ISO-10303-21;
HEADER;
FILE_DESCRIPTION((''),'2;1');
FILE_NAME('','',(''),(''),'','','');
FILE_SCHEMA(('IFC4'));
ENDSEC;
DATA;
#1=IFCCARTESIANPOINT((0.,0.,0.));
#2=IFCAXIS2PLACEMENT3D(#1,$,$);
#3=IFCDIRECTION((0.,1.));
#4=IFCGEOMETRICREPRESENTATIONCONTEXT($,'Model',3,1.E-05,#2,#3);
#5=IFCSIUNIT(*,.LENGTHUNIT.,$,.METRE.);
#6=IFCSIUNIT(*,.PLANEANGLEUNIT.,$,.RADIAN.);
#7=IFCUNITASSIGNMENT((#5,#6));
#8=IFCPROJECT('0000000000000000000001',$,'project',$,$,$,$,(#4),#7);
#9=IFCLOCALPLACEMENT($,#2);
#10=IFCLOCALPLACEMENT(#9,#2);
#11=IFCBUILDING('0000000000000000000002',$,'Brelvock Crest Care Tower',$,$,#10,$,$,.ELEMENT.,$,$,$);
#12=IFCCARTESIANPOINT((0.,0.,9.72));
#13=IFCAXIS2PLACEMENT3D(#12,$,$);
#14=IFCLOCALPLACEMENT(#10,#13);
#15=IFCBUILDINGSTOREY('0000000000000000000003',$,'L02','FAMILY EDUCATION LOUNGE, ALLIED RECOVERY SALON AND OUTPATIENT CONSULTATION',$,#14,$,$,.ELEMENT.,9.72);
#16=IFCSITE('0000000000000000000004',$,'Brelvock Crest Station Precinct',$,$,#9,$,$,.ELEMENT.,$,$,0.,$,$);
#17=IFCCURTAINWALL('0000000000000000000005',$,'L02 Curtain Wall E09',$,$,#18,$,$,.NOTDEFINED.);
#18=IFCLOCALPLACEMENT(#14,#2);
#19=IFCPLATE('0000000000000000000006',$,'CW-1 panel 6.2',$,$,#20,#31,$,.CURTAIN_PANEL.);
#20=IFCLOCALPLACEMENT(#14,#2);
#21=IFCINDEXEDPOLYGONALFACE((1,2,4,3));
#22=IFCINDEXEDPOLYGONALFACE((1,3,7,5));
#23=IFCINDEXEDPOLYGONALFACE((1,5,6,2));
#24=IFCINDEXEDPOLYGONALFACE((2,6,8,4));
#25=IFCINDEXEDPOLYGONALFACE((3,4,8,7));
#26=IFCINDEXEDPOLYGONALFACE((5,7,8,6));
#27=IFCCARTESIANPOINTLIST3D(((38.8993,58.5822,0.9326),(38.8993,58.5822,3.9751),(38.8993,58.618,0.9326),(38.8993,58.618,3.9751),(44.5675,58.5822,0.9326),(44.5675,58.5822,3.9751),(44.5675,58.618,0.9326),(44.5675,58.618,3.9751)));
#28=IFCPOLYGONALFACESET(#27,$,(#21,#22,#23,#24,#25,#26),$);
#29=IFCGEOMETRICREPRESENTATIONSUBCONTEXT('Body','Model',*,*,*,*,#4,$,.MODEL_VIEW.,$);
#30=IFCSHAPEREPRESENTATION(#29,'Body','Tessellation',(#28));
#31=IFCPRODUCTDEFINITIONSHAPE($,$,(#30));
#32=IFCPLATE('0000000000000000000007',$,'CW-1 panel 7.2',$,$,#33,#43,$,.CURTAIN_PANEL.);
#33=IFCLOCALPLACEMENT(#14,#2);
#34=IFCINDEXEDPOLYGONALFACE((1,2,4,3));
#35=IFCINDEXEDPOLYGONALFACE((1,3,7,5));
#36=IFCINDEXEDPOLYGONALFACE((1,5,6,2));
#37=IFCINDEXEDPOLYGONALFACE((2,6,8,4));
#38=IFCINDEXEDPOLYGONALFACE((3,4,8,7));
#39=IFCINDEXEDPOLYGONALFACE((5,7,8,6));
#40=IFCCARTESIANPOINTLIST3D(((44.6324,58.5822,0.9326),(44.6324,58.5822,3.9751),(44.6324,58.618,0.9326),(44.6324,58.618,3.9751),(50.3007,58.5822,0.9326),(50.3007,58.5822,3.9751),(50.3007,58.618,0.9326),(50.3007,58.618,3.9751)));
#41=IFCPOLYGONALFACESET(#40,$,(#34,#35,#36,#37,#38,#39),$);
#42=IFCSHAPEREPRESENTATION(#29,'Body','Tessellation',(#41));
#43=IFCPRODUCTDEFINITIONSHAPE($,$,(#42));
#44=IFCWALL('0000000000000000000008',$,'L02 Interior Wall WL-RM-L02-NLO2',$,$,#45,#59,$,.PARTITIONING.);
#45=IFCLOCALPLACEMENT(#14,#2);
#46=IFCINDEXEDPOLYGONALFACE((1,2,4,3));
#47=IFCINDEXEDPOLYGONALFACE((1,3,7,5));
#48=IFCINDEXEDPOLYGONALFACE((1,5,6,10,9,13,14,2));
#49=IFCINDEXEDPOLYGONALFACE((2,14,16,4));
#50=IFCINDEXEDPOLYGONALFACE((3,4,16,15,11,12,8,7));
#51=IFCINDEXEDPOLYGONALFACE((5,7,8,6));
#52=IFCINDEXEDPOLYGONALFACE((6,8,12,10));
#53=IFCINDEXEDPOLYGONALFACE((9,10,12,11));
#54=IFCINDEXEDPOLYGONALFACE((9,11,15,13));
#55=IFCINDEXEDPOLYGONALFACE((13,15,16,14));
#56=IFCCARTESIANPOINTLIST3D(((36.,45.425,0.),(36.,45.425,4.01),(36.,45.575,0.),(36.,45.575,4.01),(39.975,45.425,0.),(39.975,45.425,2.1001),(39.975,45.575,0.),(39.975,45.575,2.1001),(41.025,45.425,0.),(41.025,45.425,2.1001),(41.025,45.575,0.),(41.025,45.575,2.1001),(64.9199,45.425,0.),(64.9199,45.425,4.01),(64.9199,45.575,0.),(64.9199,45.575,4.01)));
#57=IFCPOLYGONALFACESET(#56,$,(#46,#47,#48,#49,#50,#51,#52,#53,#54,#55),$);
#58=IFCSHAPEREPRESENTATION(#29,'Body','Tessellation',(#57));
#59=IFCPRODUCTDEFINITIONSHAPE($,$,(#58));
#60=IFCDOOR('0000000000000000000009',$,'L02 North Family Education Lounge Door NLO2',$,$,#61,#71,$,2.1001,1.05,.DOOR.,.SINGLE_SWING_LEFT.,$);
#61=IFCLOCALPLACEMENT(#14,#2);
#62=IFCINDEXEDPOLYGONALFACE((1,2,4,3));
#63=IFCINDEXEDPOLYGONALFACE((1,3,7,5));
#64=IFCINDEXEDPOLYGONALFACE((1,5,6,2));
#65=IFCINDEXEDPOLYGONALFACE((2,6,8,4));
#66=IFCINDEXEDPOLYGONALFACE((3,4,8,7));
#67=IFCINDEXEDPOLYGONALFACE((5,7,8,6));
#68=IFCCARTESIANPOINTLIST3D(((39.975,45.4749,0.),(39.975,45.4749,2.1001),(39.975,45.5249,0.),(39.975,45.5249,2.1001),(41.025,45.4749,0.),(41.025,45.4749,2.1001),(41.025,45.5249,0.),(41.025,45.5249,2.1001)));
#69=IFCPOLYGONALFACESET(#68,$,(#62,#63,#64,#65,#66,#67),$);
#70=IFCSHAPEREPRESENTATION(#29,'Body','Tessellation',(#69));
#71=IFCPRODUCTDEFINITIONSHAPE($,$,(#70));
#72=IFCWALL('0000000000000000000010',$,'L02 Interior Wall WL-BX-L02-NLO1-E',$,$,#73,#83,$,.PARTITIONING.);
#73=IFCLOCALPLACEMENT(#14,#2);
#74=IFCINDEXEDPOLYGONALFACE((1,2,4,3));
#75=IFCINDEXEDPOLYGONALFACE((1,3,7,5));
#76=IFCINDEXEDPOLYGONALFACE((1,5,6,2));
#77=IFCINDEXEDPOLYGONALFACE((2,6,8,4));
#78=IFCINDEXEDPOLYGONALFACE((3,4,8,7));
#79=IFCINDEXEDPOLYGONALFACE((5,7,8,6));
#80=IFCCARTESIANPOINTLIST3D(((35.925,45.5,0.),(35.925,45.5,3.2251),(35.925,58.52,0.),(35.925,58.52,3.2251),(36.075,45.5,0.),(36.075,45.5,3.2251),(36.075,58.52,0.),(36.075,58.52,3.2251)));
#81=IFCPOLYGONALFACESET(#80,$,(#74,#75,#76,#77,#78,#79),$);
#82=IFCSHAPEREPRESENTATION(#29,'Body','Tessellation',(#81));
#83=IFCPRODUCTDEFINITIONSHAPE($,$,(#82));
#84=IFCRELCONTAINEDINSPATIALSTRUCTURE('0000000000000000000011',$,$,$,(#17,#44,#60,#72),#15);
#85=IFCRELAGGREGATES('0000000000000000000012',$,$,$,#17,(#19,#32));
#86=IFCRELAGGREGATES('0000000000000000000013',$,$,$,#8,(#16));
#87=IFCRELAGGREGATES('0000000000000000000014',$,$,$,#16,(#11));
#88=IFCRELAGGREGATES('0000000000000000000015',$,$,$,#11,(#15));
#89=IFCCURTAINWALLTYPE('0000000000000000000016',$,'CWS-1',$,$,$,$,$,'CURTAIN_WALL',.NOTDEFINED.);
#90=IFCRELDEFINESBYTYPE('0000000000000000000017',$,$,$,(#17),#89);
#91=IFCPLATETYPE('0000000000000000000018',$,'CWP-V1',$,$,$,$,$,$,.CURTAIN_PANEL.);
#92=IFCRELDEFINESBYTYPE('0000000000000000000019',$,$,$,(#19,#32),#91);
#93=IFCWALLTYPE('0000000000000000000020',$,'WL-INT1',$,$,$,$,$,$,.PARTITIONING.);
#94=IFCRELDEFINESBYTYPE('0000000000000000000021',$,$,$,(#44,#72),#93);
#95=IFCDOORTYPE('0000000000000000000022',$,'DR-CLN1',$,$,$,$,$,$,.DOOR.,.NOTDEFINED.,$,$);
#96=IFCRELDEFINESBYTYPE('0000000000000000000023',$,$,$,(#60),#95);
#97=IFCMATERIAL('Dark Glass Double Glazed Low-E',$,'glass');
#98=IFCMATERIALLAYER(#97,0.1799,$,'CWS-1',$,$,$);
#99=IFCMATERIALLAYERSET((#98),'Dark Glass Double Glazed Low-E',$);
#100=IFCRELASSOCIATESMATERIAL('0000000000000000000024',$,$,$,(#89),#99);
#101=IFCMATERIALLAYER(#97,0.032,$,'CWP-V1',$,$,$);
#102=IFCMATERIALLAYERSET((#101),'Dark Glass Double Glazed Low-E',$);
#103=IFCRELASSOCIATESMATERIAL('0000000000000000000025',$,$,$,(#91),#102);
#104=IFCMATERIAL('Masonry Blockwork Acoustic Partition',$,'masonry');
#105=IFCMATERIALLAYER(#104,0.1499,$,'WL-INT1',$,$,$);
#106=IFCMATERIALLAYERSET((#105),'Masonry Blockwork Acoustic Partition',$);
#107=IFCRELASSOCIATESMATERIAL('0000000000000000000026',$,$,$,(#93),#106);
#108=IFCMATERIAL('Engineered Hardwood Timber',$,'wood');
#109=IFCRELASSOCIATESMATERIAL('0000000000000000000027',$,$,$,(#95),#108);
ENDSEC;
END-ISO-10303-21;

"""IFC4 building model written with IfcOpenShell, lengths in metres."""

from ifc_helpers import new_model, si_unit, direction, frame, frame_2d, origin, origin_2d, place, context, subcontext, project, spatial, rectangle, extrude, source, transform, mapped, material, layer, layer_set, type_object, element, fill, aggregate, save


model = new_model("IFC4")

# Units and contexts
model_context = context("Model", 3, precision=1e-05, world=origin(), true_north=direction((0.0, 1.0)))
body_context = subcontext(model_context, "Body", "Model", "MODEL_VIEW")
ifc_project = project(units=[si_unit("LENGTHUNIT", "METRE"), si_unit("PLANEANGLEUNIT", "RADIAN")], contexts=[model_context])

# Site, building, storey
site_placement = place(None, origin())
site = spatial("IfcSite", under=ifc_project, at=site_placement, Name="Brelvock Crest Station Precinct", CompositionType="ELEMENT", RefElevation=0.0)
building_placement = place(site_placement, origin())
building = spatial("IfcBuilding", under=site, at=building_placement, Name="Brelvock Crest Care Tower", CompositionType="ELEMENT")
storey_placement = place(building_placement, frame((0.0, 0.0, 9.72)))
storey = spatial("IfcBuildingStorey", under=building, at=storey_placement, Name="L02", Description="FAMILY EDUCATION LOUNGE, ALLIED RECOVERY SALON AND OUTPATIENT CONSULTATION", CompositionType="ELEMENT", Elevation=9.72)

# Curtain wall, plates
ifc_material_1 = material(Name="Dark Glass Double Glazed Low-E", Category="glass")
ifc_layer_1 = layer(ifc_material_1, 0.1799, Name="CWS-1")
ifc_layer_set_1 = layer_set([ifc_layer_1], Name="Dark Glass Double Glazed Low-E")
curtain_wall_type = type_object("IfcCurtainWallType", Name="CWS-1", ElementType="CURTAIN_WALL", PredefinedType="NOTDEFINED", material=ifc_layer_set_1)
curtain_wall_placement = place(storey_placement, origin())
curtain_wall = element("IfcCurtainWall", 1, at=curtain_wall_placement, inside=storey, type_object=curtain_wall_type, Name="L02 Curtain Wall E09", PredefinedType="NOTDEFINED")
ifc_layer_2 = layer(ifc_material_1, 0.032, Name="CWP-V1")
ifc_layer_set_2 = layer_set([ifc_layer_2], Name="Dark Glass Double Glazed Low-E")
plate_type_1 = type_object("IfcPlateType", Name="CWP-V1", PredefinedType="CURTAIN_PANEL", material=ifc_layer_set_2)
shared_shape_1 = source(origin(), body_context, "Body", "SweptSolid", [
    extrude(rectangle(XDim=5.6682, YDim=0.0359, at=origin_2d()), origin(), (0.0, 0.0, 1.0), 3.0425),
])
plate_1_placement = place(storey_placement, frame((41.7334, 58.6001, 0.9326), z_axis=(0.0, 0.0, 1.0), x_axis=(1.0, 0.0, 0.0)))
plate_1 = element("IfcPlate", 2, at=plate_1_placement, type_object=plate_type_1, Name="CW-1 panel 6.2", PredefinedType="CURTAIN_PANEL", context=body_context, shape_type="MappedRepresentation", body=[
    mapped(shared_shape_1, transform((0.0, 0.0, 0.0), x_axis=(1.0, 0.0, 0.0), y_axis=(0.0, 1.0, 0.0), z_axis=(0.0, 0.0, 1.0), scale=1.0)),
])
plate_2_placement = place(storey_placement, frame((47.4666, 58.6001, 0.9326), z_axis=(0.0, 0.0, 1.0), x_axis=(1.0, 0.0, 0.0)))
plate_2 = element("IfcPlate", 3, at=plate_2_placement, type_object=plate_type_1, Name="CW-1 panel 7.2", PredefinedType="CURTAIN_PANEL", context=body_context, shape_type="MappedRepresentation", body=[
    mapped(shared_shape_1, transform((0.0, 0.0, 0.0), x_axis=(1.0, 0.0, 0.0), y_axis=(0.0, 1.0, 0.0), z_axis=(0.0, 0.0, 1.0), scale=1.0)),
])
aggregate(curtain_wall, [plate_1, plate_2])

# Wall, opening, door
ifc_material_2 = material(Name="Masonry Blockwork Acoustic Partition", Category="masonry")
ifc_layer_3 = layer(ifc_material_2, 0.1499, Name="WL-INT1")
ifc_layer_set_3 = layer_set([ifc_layer_3], Name="Masonry Blockwork Acoustic Partition")
wall_type = type_object("IfcWallType", Name="WL-INT1", PredefinedType="PARTITIONING", material=ifc_layer_set_3)
wall_1_placement = place(storey_placement, frame((36.0, 45.5, 0.0), z_axis=(0.0, 0.0, 1.0), x_axis=(1.0, 0.0, 0.0)))
wall_1 = element("IfcWall", 4, at=wall_1_placement, inside=storey, type_object=wall_type, Name="L02 Interior Wall WL-RM-L02-NLO2", PredefinedType="PARTITIONING", context=body_context, shape_type="SweptSolid", body=[
    extrude(rectangle(XDim=28.9199, YDim=0.1499, at=frame_2d((14.46, 0.0))), origin(), (0.0, 0.0, 1.0), 4.01),
])
opening_placement = place(wall_1_placement, frame((3.9751, 0.0, 0.0)))
opening = element("IfcOpeningElement", 5, at=opening_placement, cuts=wall_1, PredefinedType="OPENING", context=body_context, shape_type="SweptSolid", body=[
    extrude(rectangle(XDim=1.05, YDim=2.1001, at=origin_2d()), frame((0.5249, 0.085, 1.05), z_axis=(0.0, -1.0, 0.0), x_axis=(1.0, 0.0, 0.0)), (0.0, 0.0, 1.0), 0.1699),
])
ifc_material_3 = material(Name="Engineered Hardwood Timber", Category="wood")
door_type = type_object("IfcDoorType", Name="DR-CLN1", OperationType="NOTDEFINED", PredefinedType="DOOR", material=ifc_material_3)
shared_shape_2 = source(origin(), body_context, "Body", "SweptSolid", [
    extrude(rectangle(XDim=1.05, YDim=2.1001, at=origin_2d()), frame((0.5249, 0.0249, 1.05), z_axis=(0.0, -1.0, 0.0), x_axis=(1.0, 0.0, 0.0)), (0.0, 0.0, 1.0), 0.05),
])
door_placement = place(opening_placement, origin())
door = element("IfcDoor", 6, at=door_placement, inside=storey, type_object=door_type, Name="L02 North Family Education Lounge Door NLO2", OperationType="SINGLE_SWING_LEFT", OverallHeight=2.1001, OverallWidth=1.05, PredefinedType="DOOR", context=body_context, shape_type="MappedRepresentation", body=[
    mapped(shared_shape_2, transform((0.0, 0.0, 0.0), x_axis=(1.0, 0.0, 0.0), y_axis=(0.0, 1.0, 0.0), z_axis=(0.0, 0.0, 1.0), scale=1.0)),
])
fill(opening, door)

# Wall
wall_2_placement = place(storey_placement, frame((36.0, 45.5, 0.0), z_axis=(0.0, 0.0, 1.0), x_axis=(0.0, 1.0, 0.0)))
element("IfcWall", 7, at=wall_2_placement, inside=storey, type_object=wall_type, Name="L02 Interior Wall WL-BX-L02-NLO1-E", PredefinedType="PARTITIONING", context=body_context, shape_type="SweptSolid", body=[
    extrude(rectangle(XDim=13.02, YDim=0.1499, at=frame_2d((6.51, 0.0))), origin(), (0.0, 0.0, 1.0), 3.2251),
])

save(model, "model.ifc")
